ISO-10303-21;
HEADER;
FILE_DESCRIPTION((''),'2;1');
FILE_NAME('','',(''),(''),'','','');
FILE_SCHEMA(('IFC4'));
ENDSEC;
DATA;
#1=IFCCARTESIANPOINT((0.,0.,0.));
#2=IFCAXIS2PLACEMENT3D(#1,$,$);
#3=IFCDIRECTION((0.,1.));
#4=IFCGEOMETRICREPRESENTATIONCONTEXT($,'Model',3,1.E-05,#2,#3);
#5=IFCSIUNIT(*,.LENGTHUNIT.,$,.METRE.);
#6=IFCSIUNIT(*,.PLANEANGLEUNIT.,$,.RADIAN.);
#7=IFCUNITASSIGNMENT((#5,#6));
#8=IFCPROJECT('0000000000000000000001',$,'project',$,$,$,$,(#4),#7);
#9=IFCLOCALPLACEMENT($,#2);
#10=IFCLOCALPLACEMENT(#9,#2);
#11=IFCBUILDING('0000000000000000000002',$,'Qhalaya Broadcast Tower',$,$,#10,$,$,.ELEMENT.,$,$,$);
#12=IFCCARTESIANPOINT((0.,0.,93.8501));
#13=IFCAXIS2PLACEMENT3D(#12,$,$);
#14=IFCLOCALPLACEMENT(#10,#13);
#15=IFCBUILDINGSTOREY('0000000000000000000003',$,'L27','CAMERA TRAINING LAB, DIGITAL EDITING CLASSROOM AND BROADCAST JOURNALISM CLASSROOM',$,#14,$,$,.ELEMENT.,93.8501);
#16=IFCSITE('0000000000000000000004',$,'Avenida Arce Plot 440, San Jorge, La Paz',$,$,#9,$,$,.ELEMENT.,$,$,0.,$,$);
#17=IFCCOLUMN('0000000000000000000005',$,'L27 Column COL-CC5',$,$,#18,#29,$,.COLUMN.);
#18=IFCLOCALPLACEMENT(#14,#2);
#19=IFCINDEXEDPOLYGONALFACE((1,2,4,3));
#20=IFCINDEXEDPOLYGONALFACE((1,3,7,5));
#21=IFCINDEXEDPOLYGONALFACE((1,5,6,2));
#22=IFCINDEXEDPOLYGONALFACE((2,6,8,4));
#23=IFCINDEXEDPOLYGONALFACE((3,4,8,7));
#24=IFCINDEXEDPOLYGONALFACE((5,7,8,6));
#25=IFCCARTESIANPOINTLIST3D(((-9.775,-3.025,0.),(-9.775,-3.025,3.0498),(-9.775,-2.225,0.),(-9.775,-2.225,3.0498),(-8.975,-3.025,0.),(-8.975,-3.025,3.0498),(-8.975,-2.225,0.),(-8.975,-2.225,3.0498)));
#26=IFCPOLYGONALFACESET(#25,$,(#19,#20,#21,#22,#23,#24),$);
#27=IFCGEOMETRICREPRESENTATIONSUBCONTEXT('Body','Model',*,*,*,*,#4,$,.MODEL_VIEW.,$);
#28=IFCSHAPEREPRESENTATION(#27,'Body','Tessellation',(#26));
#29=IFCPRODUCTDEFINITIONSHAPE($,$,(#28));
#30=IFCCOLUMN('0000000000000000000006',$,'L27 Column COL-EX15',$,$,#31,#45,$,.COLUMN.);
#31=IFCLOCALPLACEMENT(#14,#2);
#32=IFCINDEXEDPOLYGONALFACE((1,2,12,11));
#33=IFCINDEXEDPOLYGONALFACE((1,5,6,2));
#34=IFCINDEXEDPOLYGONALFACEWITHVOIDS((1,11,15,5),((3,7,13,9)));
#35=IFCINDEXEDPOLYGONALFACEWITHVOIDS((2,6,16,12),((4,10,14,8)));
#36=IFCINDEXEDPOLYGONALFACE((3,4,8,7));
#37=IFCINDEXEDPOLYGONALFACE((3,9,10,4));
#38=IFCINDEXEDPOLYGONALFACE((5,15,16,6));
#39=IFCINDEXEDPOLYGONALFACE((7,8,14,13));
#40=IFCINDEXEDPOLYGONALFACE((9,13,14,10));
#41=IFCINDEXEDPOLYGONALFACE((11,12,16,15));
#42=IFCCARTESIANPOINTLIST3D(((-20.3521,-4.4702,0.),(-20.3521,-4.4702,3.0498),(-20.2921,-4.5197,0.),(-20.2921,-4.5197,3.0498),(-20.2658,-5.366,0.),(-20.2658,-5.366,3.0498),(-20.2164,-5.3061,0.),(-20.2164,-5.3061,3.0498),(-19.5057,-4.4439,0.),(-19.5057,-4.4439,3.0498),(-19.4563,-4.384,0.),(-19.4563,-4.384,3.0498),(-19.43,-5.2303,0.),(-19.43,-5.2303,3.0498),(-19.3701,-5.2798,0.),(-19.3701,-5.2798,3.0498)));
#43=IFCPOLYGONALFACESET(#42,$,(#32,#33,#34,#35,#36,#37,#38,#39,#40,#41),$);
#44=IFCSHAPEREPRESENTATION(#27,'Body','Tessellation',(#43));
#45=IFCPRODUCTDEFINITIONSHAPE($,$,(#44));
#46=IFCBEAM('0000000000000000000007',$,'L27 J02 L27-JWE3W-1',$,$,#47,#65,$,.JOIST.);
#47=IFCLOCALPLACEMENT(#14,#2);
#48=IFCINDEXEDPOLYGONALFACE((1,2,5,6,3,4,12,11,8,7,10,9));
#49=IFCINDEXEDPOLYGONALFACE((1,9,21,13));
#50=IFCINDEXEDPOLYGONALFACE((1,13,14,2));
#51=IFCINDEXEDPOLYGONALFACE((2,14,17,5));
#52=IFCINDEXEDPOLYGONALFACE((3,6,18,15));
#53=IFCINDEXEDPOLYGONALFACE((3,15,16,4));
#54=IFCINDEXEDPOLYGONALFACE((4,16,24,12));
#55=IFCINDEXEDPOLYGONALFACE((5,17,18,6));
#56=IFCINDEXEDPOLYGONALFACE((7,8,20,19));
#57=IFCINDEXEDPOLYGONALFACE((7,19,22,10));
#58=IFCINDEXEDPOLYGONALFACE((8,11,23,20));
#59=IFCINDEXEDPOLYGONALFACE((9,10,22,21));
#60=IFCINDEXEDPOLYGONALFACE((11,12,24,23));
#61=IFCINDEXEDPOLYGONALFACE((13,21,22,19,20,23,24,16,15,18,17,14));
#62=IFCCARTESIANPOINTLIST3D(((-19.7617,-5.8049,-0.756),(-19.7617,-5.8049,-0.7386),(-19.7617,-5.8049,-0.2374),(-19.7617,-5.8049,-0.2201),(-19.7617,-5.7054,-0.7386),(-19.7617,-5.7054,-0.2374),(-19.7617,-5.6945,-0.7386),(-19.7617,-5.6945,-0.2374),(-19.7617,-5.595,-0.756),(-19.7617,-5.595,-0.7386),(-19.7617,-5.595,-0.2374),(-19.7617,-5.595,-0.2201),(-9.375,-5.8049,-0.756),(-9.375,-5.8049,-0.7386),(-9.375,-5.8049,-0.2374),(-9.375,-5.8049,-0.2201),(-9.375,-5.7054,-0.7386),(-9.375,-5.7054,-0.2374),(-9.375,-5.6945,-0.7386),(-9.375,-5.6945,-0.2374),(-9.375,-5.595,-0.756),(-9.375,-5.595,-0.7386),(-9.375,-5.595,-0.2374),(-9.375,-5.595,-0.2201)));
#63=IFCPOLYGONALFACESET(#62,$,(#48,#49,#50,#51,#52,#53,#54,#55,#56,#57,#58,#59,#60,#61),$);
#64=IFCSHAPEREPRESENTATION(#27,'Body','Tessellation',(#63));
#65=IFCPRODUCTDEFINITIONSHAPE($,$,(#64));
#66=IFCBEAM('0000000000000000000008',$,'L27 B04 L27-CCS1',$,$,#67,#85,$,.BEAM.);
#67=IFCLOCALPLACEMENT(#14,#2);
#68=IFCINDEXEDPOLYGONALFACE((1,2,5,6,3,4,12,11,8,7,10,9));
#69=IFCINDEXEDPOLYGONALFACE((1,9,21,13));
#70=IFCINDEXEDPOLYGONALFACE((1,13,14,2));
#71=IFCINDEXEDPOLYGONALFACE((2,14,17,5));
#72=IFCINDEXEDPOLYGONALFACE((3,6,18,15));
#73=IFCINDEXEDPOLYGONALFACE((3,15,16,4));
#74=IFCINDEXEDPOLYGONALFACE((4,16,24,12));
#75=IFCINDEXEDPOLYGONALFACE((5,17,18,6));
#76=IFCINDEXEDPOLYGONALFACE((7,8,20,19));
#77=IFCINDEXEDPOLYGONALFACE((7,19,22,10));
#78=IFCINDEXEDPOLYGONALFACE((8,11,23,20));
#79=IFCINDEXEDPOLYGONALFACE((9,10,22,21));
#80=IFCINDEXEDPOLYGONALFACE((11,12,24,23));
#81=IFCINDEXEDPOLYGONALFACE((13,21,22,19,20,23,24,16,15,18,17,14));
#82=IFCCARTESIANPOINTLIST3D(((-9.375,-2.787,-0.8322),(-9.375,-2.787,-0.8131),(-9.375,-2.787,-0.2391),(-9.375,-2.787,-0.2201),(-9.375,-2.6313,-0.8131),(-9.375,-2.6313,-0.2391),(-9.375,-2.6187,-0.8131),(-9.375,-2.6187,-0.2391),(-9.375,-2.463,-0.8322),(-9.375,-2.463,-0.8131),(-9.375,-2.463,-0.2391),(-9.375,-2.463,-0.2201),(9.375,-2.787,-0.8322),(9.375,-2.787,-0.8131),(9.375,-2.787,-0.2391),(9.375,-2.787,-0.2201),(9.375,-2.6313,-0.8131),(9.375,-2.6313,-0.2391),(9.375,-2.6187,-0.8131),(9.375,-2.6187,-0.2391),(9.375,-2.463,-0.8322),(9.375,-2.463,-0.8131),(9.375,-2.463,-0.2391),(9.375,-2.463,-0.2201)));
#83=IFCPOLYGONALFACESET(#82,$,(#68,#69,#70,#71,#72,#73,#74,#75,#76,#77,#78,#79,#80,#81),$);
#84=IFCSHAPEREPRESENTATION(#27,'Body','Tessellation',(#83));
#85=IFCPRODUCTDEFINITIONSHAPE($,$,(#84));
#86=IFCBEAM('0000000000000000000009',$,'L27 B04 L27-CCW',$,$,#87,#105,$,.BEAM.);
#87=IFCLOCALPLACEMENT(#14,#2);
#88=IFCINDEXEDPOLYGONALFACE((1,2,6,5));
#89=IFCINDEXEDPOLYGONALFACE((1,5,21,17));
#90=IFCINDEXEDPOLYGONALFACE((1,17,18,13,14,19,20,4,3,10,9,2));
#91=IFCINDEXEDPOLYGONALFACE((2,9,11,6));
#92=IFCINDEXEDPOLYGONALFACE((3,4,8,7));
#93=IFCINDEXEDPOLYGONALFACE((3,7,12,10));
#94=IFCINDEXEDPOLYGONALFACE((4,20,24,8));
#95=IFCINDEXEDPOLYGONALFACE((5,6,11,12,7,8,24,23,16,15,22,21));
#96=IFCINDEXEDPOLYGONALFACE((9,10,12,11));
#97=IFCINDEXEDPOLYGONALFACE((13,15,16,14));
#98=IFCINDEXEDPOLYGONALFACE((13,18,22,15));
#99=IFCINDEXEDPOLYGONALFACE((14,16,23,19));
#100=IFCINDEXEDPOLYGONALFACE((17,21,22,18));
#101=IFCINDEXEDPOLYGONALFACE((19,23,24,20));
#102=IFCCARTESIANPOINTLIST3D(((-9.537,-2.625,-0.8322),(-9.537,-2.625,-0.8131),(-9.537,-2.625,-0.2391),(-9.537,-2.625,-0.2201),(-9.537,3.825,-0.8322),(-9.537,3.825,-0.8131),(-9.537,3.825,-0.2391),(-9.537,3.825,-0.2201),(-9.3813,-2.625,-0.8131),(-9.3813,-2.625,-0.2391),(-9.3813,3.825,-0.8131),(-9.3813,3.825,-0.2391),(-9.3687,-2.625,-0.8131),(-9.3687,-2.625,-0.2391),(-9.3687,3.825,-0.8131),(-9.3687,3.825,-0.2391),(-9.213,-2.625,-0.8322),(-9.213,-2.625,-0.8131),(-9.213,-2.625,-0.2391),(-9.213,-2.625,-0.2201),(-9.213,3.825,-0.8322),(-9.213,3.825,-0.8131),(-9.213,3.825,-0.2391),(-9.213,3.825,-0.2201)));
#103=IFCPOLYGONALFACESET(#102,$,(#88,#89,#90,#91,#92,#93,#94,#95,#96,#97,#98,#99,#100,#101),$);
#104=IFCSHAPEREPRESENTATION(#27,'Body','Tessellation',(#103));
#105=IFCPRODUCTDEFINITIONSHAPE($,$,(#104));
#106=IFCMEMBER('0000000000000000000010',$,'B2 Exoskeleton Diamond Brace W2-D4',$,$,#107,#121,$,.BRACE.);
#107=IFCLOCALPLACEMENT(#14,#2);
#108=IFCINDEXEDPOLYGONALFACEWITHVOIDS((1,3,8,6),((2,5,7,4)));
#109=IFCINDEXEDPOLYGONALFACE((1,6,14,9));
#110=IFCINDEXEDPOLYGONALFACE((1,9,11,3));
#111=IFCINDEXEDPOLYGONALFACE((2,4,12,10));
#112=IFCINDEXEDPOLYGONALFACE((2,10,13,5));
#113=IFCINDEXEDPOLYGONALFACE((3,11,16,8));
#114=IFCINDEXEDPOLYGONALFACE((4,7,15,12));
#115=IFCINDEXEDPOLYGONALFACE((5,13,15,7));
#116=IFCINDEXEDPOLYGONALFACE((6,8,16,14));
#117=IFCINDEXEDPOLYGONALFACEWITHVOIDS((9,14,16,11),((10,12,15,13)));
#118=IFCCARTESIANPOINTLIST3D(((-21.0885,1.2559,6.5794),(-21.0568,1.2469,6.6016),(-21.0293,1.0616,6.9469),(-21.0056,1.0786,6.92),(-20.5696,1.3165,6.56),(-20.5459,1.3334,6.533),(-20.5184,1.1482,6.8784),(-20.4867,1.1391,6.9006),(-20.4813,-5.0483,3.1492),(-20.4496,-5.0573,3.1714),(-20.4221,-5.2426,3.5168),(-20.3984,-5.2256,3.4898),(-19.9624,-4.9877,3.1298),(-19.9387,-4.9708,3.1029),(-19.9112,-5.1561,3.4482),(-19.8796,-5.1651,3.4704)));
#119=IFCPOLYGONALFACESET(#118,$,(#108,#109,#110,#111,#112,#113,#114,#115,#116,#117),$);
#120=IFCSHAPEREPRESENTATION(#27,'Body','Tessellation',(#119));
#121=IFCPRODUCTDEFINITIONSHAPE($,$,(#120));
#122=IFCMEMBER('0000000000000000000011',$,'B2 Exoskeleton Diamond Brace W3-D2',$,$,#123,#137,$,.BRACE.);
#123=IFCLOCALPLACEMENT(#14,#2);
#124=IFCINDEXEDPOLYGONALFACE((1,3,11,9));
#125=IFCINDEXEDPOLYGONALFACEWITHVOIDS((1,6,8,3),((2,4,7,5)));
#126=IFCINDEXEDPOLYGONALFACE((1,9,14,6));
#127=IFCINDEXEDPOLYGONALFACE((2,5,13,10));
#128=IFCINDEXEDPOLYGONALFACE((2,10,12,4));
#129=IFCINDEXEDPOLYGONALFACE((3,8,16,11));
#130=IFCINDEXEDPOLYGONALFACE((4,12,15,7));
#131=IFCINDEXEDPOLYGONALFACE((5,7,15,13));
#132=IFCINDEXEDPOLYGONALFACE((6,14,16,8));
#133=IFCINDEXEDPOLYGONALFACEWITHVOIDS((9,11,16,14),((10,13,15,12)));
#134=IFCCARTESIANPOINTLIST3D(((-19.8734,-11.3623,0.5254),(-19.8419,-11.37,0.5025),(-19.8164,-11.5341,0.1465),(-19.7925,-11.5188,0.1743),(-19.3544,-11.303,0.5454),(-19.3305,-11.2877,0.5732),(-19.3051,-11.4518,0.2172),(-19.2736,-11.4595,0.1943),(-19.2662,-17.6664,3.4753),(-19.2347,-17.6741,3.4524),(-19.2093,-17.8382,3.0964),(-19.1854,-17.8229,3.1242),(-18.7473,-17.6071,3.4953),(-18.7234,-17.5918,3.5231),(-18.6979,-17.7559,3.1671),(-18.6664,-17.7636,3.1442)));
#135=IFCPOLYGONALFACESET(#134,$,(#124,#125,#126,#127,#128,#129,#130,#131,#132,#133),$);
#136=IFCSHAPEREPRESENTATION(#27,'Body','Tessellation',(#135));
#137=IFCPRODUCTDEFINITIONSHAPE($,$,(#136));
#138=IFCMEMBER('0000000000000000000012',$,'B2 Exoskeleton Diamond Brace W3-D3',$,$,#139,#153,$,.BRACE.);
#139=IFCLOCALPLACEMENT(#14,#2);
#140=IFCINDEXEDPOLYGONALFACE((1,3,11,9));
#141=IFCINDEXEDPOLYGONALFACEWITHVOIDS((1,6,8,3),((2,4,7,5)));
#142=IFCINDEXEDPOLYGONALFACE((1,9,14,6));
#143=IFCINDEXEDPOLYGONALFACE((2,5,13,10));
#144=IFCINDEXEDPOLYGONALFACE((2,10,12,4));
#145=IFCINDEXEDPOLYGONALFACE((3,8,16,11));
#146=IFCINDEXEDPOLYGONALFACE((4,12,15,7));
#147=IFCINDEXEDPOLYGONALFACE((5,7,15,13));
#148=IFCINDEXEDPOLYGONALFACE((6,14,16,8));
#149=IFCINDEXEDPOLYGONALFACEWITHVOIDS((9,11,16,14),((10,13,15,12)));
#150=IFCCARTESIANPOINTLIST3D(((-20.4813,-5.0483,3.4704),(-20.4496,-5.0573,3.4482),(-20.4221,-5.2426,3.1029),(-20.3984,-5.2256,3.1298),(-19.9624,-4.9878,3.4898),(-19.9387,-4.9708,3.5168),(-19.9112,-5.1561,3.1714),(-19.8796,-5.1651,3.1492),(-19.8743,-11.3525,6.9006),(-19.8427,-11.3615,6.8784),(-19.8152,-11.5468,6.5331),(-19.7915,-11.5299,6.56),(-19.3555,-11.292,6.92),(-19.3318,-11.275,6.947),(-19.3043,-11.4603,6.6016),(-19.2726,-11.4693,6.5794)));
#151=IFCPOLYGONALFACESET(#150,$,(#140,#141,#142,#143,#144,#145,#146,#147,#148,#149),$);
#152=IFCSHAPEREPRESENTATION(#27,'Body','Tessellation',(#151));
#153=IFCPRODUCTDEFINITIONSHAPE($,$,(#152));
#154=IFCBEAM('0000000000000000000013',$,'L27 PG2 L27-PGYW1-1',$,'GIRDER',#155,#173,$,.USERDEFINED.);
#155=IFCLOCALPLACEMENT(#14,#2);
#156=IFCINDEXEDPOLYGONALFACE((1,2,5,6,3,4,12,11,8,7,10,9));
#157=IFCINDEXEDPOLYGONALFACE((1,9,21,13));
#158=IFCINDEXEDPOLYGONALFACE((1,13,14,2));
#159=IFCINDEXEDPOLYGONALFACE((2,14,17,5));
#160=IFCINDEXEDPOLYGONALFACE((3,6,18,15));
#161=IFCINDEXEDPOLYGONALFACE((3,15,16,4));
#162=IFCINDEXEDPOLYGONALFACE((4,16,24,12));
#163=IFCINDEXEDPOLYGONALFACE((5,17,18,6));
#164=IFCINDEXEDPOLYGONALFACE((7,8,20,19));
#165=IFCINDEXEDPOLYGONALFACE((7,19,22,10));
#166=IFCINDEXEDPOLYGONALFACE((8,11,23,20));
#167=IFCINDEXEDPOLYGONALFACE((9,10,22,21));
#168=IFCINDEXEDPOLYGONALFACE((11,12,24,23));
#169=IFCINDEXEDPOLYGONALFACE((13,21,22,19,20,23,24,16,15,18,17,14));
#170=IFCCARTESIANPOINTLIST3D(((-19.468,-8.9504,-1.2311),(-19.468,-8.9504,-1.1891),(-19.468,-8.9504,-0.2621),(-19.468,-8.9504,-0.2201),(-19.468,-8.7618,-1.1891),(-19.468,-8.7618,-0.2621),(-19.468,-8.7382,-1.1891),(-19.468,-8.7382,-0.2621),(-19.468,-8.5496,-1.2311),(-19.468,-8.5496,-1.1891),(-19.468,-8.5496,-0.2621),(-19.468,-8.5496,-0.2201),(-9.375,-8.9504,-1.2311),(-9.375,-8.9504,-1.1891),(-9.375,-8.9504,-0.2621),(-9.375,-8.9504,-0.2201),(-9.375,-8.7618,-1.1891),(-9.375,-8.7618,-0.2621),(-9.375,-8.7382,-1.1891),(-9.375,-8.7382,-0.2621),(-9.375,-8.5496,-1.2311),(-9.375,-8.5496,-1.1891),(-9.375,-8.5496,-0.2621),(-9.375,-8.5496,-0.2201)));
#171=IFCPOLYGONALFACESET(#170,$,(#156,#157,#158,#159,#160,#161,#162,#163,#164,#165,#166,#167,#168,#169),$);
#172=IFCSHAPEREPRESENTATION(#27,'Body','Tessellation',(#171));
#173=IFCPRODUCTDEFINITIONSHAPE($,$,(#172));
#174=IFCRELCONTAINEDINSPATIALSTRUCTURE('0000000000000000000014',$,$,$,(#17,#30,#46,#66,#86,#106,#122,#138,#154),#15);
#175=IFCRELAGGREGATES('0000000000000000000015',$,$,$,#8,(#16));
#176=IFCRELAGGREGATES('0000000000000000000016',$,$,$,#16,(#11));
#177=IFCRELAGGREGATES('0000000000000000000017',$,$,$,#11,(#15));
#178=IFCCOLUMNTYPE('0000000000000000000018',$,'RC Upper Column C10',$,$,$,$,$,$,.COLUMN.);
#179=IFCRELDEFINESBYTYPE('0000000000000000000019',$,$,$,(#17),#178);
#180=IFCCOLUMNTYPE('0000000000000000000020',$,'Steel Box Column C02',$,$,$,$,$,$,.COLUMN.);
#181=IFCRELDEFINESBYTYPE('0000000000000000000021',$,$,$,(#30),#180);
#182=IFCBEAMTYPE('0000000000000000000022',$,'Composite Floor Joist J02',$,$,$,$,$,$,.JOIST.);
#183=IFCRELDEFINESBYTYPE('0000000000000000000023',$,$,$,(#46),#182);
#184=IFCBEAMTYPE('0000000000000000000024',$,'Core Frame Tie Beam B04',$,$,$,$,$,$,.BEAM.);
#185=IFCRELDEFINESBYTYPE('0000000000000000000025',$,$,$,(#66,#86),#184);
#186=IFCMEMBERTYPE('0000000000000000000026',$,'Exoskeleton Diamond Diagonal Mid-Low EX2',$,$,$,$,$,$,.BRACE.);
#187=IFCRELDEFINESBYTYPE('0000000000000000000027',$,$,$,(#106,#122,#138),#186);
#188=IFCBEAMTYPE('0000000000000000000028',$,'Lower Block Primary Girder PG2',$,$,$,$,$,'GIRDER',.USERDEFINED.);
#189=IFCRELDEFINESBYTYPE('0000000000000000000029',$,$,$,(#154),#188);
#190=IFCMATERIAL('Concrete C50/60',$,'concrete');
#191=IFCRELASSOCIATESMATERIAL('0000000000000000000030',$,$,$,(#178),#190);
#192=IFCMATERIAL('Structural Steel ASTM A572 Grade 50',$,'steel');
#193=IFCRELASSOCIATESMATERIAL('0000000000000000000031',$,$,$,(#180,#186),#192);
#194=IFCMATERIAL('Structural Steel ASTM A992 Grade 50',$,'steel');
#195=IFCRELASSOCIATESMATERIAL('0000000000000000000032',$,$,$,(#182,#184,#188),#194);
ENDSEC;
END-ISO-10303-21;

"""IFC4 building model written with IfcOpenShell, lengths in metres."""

from ifc_helpers import new_model, si_unit, direction, frame, origin, origin_2d, place, context, subcontext, project, spatial, rectangle, hollow_rectangle, i_section, extrude, material, material_profile, profile_set, type_object, element, save


model = new_model("IFC4")

# Units and contexts
model_context = context("Model", 3, precision=1e-05, world=origin(), true_north=direction((0.0, 1.0)))
body_context = subcontext(model_context, "Body", "Model", "MODEL_VIEW")
ifc_project = project(units=[si_unit("LENGTHUNIT", "METRE"), si_unit("PLANEANGLEUNIT", "RADIAN")], contexts=[model_context])

# Site, building, storey
site_placement = place(None, origin())
site = spatial("IfcSite", under=ifc_project, at=site_placement, Name="Avenida Arce Plot 440, San Jorge, La Paz", CompositionType="ELEMENT", RefElevation=0.0)
building_placement = place(site_placement, origin())
building = spatial("IfcBuilding", under=site, at=building_placement, Name="Qhalaya Broadcast Tower", CompositionType="ELEMENT")
storey_placement = place(building_placement, frame((0.0, 0.0, 93.8501)))
storey = spatial("IfcBuildingStorey", under=building, at=storey_placement, Name="L27", Description="CAMERA TRAINING LAB, DIGITAL EDITING CLASSROOM AND BROADCAST JOURNALISM CLASSROOM", CompositionType="ELEMENT", Elevation=93.8501)

# Columns
ifc_material_1 = material(Name="Concrete C50/60", Category="concrete")
ifc_material_profile_1 = material_profile(ifc_material_1, rectangle(XDim=0.8, YDim=0.8, at=origin_2d()), Name="RC-COL 800x800")
ifc_profile_set_1 = profile_set([ifc_material_profile_1], Name="Concrete C50/60")
column_type_1 = type_object("IfcColumnType", Name="RC Upper Column C10", PredefinedType="COLUMN", material=ifc_profile_set_1)
column_1_placement = place(storey_placement, frame((-9.375, -2.625, 0.0), z_axis=(0.0, 0.0, 1.0), x_axis=(1.0, 0.0, 0.0)))
element("IfcColumn", 1, at=column_1_placement, inside=storey, type_object=column_type_1, Name="L27 Column COL-CC5", PredefinedType="COLUMN", context=body_context, shape_type="SweptSolid", body=[
    extrude(rectangle(XDim=0.8, YDim=0.8, at=origin_2d()), origin(), (0.0, 0.0, 1.0), 3.0498),
])
ifc_material_2 = material(Name="Structural Steel ASTM A572 Grade 50", Category="steel")
ifc_material_profile_2 = material_profile(ifc_material_2, hollow_rectangle(XDim=0.8999, YDim=0.8999, WallThickness=0.0549, at=origin_2d()), Name="BOX 900x900x55")
ifc_profile_set_2 = profile_set([ifc_material_profile_2], Name="Structural Steel ASTM A572 Grade 50")
column_type_2 = type_object("IfcColumnType", Name="Steel Box Column C02", PredefinedType="COLUMN", material=ifc_profile_set_2)
column_2_placement = place(storey_placement, frame((-19.8611, -4.875, 0.0), z_axis=(0.0, 0.0, 1.0), x_axis=(-0.095846, 0.995396, 0.0)))
element("IfcColumn", 2, at=column_2_placement, inside=storey, type_object=column_type_2, Name="L27 Column COL-EX15", PredefinedType="COLUMN", context=body_context, shape_type="SweptSolid", body=[
    extrude(hollow_rectangle(XDim=0.8999, YDim=0.8999, WallThickness=0.0549, at=origin_2d()), origin(), (0.0, 0.0, 1.0), 3.0498),
])

# Beams
ifc_material_3 = material(Name="Structural Steel ASTM A992 Grade 50", Category="steel")
ifc_material_profile_3 = material_profile(ifc_material_3, i_section(OverallWidth=0.21, OverallDepth=0.5359, WebThickness=0.011, FlangeThickness=0.0173, at=origin_2d()), Name="W21X68")
ifc_profile_set_3 = profile_set([ifc_material_profile_3], Name="Structural Steel ASTM A992 Grade 50")
beam_type_1 = type_object("IfcBeamType", Name="Composite Floor Joist J02", PredefinedType="JOIST", material=ifc_profile_set_3)
beam_1_placement = place(storey_placement, frame((-19.7617, -5.7, -0.488), z_axis=(1.0, 0.0, 0.0), x_axis=(0.0, 1.0, 0.0)))
element("IfcBeam", 3, at=beam_1_placement, inside=storey, type_object=beam_type_1, Name="L27 J02 L27-JWE3W-1", PredefinedType="JOIST", context=body_context, shape_type="SweptSolid", body=[
    extrude(i_section(OverallWidth=0.21, OverallDepth=0.5359, WebThickness=0.011, FlangeThickness=0.0173, at=origin_2d()), origin(), (0.0, 0.0, 1.0), 10.3867),
])
ifc_material_profile_4 = material_profile(ifc_material_3, i_section(OverallWidth=0.324, OverallDepth=0.6121, WebThickness=0.0127, FlangeThickness=0.019, at=origin_2d()), Name="W24X104")
ifc_profile_set_4 = profile_set([ifc_material_profile_4], Name="Structural Steel ASTM A992 Grade 50")
beam_type_2 = type_object("IfcBeamType", Name="Core Frame Tie Beam B04", PredefinedType="BEAM", material=ifc_profile_set_4)
beam_2_placement = place(storey_placement, frame((-9.375, -2.625, -0.5261), z_axis=(1.0, 0.0, 0.0), x_axis=(0.0, 1.0, 0.0)))
element("IfcBeam", 4, at=beam_2_placement, inside=storey, type_object=beam_type_2, Name="L27 B04 L27-CCS1", PredefinedType="BEAM", context=body_context, shape_type="SweptSolid", body=[
    extrude(i_section(OverallWidth=0.324, OverallDepth=0.6121, WebThickness=0.0127, FlangeThickness=0.019, at=origin_2d()), origin(), (0.0, 0.0, 1.0), 18.75),
])
beam_3_placement = place(storey_placement, frame((-9.375, -2.625, -0.5261), z_axis=(0.0, 1.0, 0.0), x_axis=(-1.0, 0.0, 0.0)))
element("IfcBeam", 5, at=beam_3_placement, inside=storey, type_object=beam_type_2, Name="L27 B04 L27-CCW", PredefinedType="BEAM", context=body_context, shape_type="SweptSolid", body=[
    extrude(i_section(OverallWidth=0.324, OverallDepth=0.6121, WebThickness=0.0127, FlangeThickness=0.019, at=origin_2d()), origin(), (0.0, 0.0, 1.0), 6.45),
])

# Members
ifc_material_profile_5 = material_profile(ifc_material_2, hollow_rectangle(XDim=0.4199, YDim=0.55, WallThickness=0.0281, at=origin_2d()), Name="BOX 420x550x28")
ifc_profile_set_5 = profile_set([ifc_material_profile_5], Name="Structural Steel ASTM A572 Grade 50")
member_type = type_object("IfcMemberType", Name="Exoskeleton Diamond Diagonal Mid-Low EX2", PredefinedType="BRACE", material=ifc_profile_set_5)
member_1_placement = place(storey_placement, frame((-20.1804, -5.1067, 3.3098), z_axis=(-0.0843, 0.875265, 0.47624), x_axis=(0.140851, -0.462675, 0.875267)))
element("IfcMember", 6, at=member_1_placement, inside=storey, type_object=member_type, Name="B2 Exoskeleton Diamond Brace W2-D4", PredefinedType="BRACE", context=body_context, shape_type="SweptSolid", body=[
    extrude(hollow_rectangle(XDim=0.4199, YDim=0.55, WallThickness=0.0281, at=origin_2d()), origin(), (0.0, 0.0, 1.0), 7.2026),
])
member_2_placement = place(storey_placement, frame((-19.5735, -11.4109, 0.3599), z_axis=(0.086905, -0.902316, 0.422225), x_axis=(-0.135696, 0.409156, 0.902318)))
element("IfcMember", 7, at=member_2_placement, inside=storey, type_object=member_type, Name="B2 Exoskeleton Diamond Brace W3-D2", PredefinedType="BRACE", context=body_context, shape_type="SweptSolid", body=[
    extrude(hollow_rectangle(XDim=0.4199, YDim=0.55, WallThickness=0.0281, at=origin_2d()), origin(), (0.0, 0.0, 1.0), 6.9866),
])
member_3_placement = place(storey_placement, frame((-20.1804, -5.1067, 3.3098), z_axis=(0.084266, -0.875268, 0.476242), x_axis=(-0.140833, 0.462682, 0.875266)))
element("IfcMember", 8, at=member_3_placement, inside=storey, type_object=member_type, Name="B2 Exoskeleton Diamond Brace W3-D3", PredefinedType="BRACE", context=body_context, shape_type="SweptSolid", body=[
    extrude(hollow_rectangle(XDim=0.4199, YDim=0.55, WallThickness=0.0281, at=origin_2d()), origin(), (0.0, 0.0, 1.0), 7.2026),
])

# Beam
ifc_material_profile_6 = material_profile(ifc_material_3, i_section(OverallWidth=0.4009, OverallDepth=1.011, WebThickness=0.0237, FlangeThickness=0.042, at=origin_2d()), Name="W40X297")
ifc_profile_set_6 = profile_set([ifc_material_profile_6], Name="Structural Steel ASTM A992 Grade 50")
beam_type_3 = type_object("IfcBeamType", Name="Lower Block Primary Girder PG2", ElementType="GIRDER", PredefinedType="USERDEFINED", material=ifc_profile_set_6)
beam_4_placement = place(storey_placement, frame((-19.468, -8.75, -0.7256), z_axis=(1.0, 0.0, 0.0), x_axis=(0.0, 1.0, 0.0)))
element("IfcBeam", 9, at=beam_4_placement, inside=storey, type_object=beam_type_3, Name="L27 PG2 L27-PGYW1-1", ObjectType="GIRDER", PredefinedType="USERDEFINED", context=body_context, shape_type="SweptSolid", body=[
    extrude(i_section(OverallWidth=0.4009, OverallDepth=1.011, WebThickness=0.0237, FlangeThickness=0.042, at=origin_2d()), origin(), (0.0, 0.0, 1.0), 10.093),
])

save(model, "model.ifc")
